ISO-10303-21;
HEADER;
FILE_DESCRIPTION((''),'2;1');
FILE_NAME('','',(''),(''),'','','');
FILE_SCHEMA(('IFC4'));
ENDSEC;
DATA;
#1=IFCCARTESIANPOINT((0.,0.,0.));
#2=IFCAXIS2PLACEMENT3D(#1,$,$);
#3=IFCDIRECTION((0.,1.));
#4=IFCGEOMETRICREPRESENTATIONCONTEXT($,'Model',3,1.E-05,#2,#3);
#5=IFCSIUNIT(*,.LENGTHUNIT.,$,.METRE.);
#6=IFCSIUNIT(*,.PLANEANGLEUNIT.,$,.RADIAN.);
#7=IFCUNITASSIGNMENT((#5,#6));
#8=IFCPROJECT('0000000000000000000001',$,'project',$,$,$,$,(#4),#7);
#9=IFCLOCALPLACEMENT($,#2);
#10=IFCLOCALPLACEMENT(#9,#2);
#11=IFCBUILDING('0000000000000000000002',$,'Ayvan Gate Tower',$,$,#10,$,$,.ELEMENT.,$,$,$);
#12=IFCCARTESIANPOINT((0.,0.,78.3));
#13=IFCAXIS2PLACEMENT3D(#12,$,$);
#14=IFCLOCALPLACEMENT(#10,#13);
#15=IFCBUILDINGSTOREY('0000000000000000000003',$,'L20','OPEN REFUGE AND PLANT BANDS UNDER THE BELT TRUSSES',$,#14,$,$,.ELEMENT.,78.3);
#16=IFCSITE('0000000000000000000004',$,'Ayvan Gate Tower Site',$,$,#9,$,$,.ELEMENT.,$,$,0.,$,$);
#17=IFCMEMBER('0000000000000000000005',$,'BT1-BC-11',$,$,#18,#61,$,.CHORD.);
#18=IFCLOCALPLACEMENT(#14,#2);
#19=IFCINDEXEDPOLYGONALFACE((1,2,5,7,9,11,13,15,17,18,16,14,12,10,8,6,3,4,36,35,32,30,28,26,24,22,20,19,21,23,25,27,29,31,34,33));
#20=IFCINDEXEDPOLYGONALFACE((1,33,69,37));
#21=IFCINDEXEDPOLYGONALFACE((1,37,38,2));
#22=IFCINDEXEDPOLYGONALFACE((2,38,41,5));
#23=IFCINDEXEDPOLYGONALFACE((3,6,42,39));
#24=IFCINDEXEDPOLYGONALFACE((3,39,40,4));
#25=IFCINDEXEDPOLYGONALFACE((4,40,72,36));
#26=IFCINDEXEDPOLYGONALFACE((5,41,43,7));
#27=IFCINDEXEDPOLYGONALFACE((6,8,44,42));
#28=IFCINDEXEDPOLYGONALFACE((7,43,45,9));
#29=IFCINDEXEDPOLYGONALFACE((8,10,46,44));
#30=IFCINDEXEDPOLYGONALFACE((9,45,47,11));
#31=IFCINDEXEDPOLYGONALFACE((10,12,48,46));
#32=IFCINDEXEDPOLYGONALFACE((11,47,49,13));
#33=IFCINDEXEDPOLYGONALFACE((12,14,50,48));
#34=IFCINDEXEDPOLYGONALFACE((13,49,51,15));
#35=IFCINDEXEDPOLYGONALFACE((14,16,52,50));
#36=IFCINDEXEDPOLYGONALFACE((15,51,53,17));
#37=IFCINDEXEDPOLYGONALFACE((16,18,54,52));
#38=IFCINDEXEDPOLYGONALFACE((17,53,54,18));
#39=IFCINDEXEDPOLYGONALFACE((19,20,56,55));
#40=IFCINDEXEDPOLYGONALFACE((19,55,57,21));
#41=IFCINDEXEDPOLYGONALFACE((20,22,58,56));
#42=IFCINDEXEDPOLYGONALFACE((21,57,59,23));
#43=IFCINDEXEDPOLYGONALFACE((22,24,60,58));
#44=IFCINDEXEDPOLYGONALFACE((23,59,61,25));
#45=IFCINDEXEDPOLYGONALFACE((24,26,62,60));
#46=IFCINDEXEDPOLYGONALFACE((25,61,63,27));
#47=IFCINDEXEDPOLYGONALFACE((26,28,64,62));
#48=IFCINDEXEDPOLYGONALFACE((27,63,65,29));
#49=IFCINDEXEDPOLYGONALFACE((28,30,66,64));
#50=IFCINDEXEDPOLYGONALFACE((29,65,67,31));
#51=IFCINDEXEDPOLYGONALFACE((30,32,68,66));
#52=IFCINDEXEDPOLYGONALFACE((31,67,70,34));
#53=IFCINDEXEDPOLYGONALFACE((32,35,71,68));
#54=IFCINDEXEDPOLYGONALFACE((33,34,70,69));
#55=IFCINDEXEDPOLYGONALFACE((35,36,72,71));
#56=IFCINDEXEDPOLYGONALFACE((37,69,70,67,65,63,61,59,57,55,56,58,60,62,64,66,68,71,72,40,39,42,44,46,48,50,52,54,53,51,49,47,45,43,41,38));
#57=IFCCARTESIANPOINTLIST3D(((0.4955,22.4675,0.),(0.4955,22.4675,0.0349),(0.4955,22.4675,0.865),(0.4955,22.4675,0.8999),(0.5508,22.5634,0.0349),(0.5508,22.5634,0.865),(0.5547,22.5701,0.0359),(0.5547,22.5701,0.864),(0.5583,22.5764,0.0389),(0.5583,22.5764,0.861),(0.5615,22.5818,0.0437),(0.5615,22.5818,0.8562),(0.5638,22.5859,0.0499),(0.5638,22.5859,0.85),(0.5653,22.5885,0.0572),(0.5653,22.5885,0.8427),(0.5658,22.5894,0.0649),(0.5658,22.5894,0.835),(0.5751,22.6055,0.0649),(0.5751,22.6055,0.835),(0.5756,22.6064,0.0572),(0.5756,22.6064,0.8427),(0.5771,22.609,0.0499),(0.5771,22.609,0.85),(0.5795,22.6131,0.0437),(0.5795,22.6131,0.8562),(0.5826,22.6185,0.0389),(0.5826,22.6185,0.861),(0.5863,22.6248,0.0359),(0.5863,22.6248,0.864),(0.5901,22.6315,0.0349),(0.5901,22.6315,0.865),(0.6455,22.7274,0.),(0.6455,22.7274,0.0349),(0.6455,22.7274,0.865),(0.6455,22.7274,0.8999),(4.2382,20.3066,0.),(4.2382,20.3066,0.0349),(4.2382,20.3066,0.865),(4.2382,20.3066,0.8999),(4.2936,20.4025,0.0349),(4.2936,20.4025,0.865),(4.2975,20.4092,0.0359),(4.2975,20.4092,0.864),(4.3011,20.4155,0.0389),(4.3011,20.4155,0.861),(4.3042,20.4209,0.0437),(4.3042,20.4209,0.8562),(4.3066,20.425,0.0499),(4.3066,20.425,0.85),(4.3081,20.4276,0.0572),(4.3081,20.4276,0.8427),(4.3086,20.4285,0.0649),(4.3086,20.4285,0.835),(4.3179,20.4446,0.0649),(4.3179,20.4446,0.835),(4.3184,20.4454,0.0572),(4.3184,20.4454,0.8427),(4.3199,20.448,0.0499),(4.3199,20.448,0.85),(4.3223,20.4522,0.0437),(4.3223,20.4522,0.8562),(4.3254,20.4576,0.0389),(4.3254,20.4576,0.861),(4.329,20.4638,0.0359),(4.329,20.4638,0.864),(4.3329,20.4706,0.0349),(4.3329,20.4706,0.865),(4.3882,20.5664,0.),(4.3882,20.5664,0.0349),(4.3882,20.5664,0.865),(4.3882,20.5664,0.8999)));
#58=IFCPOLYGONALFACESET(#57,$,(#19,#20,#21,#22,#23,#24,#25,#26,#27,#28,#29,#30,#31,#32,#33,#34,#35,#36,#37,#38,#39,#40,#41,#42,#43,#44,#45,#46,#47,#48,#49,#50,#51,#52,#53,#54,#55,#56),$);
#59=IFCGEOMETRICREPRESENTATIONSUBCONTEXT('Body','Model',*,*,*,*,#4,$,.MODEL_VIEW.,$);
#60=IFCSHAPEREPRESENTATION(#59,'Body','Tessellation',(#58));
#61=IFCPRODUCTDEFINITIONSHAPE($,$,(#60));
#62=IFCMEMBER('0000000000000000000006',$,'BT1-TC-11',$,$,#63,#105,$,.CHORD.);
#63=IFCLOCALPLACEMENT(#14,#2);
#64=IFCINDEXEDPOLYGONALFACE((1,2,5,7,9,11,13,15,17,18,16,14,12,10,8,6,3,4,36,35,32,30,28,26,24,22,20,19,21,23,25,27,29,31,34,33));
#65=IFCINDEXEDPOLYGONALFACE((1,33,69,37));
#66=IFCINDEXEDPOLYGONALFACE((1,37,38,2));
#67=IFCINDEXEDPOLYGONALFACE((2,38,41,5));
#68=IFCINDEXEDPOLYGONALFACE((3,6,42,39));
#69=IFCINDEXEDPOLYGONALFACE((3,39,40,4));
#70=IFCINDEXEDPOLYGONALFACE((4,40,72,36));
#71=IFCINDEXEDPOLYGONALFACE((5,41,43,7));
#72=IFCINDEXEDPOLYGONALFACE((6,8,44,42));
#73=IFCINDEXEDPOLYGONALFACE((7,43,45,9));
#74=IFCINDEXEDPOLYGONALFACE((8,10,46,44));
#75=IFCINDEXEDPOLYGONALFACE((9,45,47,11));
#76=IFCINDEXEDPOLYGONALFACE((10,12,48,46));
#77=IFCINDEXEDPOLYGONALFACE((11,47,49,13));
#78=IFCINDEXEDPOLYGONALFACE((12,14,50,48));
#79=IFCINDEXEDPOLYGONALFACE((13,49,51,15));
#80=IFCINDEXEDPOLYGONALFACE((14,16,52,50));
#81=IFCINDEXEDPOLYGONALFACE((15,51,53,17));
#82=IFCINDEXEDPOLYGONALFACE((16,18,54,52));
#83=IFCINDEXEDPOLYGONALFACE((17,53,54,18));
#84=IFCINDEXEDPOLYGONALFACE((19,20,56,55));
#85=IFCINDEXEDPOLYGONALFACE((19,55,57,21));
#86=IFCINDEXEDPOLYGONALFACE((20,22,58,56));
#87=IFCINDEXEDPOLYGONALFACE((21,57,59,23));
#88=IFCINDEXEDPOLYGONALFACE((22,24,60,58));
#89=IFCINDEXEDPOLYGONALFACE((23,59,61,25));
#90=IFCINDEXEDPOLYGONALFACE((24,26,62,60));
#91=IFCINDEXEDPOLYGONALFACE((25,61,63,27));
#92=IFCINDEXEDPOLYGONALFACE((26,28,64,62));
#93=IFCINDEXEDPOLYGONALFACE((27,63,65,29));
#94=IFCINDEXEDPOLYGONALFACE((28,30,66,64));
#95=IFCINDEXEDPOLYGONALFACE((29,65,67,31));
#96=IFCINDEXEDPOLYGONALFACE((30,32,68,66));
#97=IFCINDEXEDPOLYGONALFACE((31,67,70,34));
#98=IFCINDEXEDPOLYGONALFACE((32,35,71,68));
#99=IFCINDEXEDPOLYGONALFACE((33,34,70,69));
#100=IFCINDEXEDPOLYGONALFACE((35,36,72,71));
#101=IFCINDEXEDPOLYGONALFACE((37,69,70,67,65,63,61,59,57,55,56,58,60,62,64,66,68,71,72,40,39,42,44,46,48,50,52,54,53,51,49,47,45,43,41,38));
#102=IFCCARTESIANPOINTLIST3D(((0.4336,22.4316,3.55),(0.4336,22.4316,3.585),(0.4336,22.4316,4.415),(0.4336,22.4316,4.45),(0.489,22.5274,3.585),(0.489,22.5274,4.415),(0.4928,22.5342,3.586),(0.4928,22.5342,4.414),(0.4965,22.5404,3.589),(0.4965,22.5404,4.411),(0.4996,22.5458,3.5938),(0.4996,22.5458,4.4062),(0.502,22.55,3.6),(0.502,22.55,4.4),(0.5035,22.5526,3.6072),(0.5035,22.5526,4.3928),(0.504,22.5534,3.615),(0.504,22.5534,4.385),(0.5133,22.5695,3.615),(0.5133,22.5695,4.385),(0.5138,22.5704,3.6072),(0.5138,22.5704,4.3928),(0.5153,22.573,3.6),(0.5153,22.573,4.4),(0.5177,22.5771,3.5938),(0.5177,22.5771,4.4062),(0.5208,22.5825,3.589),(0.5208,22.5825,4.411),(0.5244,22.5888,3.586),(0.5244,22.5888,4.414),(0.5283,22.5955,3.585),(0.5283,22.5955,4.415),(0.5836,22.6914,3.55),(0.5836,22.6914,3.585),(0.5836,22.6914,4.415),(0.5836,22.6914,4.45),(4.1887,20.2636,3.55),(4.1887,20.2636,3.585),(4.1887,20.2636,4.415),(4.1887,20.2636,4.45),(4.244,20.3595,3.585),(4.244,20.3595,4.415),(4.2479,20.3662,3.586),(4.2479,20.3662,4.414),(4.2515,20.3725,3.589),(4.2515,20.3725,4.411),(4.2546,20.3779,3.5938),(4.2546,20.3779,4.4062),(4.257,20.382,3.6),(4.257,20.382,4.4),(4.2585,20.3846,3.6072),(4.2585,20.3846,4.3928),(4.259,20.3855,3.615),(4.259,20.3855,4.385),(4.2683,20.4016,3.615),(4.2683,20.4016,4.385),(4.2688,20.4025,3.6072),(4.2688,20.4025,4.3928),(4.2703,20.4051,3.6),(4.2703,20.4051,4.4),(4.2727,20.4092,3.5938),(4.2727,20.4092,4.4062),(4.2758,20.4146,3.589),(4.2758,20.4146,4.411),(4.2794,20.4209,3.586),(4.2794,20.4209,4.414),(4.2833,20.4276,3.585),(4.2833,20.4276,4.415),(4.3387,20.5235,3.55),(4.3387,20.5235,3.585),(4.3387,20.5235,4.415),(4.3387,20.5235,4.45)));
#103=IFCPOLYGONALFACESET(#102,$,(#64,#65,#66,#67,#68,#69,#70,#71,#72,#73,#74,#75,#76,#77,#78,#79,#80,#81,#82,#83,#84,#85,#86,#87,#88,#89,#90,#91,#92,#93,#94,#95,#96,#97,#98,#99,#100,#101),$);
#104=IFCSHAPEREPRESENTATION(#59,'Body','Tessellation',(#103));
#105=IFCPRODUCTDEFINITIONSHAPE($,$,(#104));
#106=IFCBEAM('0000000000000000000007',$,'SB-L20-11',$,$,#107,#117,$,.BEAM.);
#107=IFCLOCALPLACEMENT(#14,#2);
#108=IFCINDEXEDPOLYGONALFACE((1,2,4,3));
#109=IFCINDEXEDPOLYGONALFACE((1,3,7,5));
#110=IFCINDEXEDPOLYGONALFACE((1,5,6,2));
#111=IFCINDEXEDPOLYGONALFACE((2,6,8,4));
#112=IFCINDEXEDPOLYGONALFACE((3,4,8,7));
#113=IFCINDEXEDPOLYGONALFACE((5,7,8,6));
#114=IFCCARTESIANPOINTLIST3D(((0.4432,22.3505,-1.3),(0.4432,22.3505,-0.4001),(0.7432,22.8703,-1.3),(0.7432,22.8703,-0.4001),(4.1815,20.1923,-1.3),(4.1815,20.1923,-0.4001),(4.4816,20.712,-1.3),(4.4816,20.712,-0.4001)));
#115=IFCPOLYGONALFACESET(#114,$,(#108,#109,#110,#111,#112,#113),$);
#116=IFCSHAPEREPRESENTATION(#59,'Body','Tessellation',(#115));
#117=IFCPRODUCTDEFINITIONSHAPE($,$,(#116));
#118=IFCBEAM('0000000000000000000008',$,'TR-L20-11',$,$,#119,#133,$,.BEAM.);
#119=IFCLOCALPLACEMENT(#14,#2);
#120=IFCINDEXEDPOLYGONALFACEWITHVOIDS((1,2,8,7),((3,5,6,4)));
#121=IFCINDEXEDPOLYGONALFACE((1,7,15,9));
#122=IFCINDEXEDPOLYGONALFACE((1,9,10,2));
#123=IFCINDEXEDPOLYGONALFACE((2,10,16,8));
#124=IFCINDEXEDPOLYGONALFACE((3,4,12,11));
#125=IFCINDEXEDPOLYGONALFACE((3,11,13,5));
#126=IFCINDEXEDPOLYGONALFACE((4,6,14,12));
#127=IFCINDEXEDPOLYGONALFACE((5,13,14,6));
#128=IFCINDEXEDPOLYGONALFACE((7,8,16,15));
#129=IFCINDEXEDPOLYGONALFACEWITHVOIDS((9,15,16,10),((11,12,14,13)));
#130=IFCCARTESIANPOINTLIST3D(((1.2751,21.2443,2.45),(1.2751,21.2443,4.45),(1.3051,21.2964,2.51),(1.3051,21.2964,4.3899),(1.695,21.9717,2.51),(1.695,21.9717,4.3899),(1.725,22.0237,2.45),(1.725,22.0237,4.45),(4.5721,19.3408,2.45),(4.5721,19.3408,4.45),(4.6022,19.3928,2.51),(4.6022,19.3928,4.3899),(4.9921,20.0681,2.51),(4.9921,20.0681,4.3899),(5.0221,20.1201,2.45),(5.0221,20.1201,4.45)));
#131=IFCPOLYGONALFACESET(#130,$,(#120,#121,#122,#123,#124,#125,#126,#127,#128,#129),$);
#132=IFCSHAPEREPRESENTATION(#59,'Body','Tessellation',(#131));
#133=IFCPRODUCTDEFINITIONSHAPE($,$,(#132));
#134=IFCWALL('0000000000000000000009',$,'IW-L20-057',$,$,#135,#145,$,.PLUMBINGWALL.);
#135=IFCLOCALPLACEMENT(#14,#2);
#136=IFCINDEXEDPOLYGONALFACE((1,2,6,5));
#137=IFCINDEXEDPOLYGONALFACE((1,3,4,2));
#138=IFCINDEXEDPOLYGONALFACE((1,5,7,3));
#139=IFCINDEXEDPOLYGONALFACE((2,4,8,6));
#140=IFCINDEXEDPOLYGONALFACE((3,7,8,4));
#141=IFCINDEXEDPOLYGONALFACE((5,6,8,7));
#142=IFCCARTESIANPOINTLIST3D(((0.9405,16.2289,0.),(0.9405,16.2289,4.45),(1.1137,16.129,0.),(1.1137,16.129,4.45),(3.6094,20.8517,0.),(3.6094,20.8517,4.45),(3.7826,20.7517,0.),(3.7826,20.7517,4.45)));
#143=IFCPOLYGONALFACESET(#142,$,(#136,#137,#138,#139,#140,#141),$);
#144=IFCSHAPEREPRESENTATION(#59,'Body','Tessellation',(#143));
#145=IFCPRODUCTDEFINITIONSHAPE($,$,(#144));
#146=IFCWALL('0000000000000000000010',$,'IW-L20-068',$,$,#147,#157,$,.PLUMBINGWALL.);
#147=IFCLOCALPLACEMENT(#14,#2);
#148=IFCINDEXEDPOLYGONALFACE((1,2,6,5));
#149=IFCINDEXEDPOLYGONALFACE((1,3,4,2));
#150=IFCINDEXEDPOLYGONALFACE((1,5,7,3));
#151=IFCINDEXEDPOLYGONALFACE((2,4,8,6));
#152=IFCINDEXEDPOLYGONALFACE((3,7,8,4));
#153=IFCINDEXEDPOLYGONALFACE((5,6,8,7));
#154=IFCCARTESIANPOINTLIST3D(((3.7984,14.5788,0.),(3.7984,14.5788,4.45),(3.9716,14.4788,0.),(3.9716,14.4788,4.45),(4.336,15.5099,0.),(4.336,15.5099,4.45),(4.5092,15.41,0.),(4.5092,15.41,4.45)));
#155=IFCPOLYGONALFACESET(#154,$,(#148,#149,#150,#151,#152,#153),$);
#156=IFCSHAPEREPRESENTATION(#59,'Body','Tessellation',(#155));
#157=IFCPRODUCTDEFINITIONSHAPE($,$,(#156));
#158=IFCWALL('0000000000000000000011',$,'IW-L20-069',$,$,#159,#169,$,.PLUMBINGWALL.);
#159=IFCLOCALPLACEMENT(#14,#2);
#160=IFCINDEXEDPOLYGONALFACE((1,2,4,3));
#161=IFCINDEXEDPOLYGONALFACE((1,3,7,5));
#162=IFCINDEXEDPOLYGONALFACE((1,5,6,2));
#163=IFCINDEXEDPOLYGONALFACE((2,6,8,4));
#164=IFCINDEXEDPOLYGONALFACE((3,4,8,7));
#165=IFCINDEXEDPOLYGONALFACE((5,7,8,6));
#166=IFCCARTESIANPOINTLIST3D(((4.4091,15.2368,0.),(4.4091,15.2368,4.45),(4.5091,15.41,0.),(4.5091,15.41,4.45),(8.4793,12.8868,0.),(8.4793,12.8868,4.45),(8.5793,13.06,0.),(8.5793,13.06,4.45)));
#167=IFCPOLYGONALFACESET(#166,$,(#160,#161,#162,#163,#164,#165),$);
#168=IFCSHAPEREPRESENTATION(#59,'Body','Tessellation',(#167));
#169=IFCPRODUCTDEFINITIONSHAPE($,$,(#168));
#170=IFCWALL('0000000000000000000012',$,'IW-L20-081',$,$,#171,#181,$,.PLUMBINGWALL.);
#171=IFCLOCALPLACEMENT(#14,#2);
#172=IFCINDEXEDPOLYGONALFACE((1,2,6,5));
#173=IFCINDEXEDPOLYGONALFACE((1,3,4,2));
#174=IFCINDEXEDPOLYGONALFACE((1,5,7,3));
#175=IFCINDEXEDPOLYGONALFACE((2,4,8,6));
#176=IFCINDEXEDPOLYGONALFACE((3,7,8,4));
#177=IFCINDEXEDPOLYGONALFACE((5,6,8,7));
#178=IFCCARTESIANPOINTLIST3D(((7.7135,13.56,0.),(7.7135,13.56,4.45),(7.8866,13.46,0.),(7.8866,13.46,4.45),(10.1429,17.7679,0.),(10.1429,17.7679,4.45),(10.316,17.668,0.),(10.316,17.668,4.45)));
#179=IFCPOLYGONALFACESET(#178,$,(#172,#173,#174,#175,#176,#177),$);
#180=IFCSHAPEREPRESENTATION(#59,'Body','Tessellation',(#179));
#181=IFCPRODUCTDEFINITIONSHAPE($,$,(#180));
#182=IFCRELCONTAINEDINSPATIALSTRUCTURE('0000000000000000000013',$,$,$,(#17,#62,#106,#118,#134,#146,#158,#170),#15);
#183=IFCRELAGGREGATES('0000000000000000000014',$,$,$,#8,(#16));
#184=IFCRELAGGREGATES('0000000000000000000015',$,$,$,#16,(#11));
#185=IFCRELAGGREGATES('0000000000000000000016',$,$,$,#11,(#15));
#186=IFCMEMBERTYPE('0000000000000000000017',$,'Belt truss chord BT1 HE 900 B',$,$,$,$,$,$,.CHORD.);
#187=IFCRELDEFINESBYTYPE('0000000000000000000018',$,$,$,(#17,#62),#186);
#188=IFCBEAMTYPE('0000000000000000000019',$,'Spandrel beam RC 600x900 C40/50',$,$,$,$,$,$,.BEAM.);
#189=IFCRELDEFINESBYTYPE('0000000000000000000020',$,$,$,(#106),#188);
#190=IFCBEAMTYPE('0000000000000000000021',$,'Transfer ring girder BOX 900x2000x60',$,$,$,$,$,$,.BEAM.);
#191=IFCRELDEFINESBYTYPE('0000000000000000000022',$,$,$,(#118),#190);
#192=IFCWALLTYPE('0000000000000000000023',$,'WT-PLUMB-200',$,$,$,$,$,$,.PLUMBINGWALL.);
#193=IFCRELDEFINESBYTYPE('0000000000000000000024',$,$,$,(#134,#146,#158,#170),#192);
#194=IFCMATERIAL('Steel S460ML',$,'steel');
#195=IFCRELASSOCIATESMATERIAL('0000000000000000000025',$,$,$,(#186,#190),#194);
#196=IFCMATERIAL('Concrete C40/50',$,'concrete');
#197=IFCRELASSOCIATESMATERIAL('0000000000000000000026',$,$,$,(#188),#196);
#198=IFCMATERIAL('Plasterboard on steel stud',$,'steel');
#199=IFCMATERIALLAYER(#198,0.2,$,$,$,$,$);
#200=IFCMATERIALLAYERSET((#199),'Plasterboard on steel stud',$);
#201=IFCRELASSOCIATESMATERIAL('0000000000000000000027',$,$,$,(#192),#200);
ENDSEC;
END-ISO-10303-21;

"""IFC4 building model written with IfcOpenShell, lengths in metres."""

from ifc_helpers import new_model, si_unit, direction, frame, frame_2d, origin, origin_2d, place, context, subcontext, project, spatial, rectangle, hollow_rectangle, i_section, extrude, material, layer, layer_set, material_profile, profile_set, type_object, element, save


model = new_model("IFC4")

# Units and contexts
model_context = context("Model", 3, precision=1e-05, world=origin(), true_north=direction((0.0, 1.0)))
body_context = subcontext(model_context, "Body", "Model", "MODEL_VIEW")
ifc_project = project(units=[si_unit("LENGTHUNIT", "METRE"), si_unit("PLANEANGLEUNIT", "RADIAN")], contexts=[model_context])

# Site, building, storey
site_placement = place(None, origin())
site = spatial("IfcSite", under=ifc_project, at=site_placement, Name="Ayvan Gate Tower Site", CompositionType="ELEMENT", RefElevation=0.0)
building_placement = place(site_placement, origin())
building = spatial("IfcBuilding", under=site, at=building_placement, Name="Ayvan Gate Tower", CompositionType="ELEMENT")
storey_placement = place(building_placement, frame((0.0, 0.0, 78.3)))
storey = spatial("IfcBuildingStorey", under=building, at=storey_placement, Name="L20", Description="OPEN REFUGE AND PLANT BANDS UNDER THE BELT TRUSSES", CompositionType="ELEMENT", Elevation=78.3)

# Members
ifc_material_1 = material(Name="Steel S460ML", Category="steel")
ifc_material_profile_1 = material_profile(ifc_material_1, i_section(OverallWidth=0.3, OverallDepth=0.8999, WebThickness=0.0186, FlangeThickness=0.0349, FilletRadius=0.03, at=origin_2d()), Name="HE 900 B")
ifc_profile_set_1 = profile_set([ifc_material_profile_1], Name="Steel S460ML")
member_type_1 = type_object("IfcMemberType", Name="Belt truss chord BT1 HE 900 B", PredefinedType="CHORD", material=ifc_profile_set_1)
member_1_placement = place(storey_placement, frame((4.3132, 20.4365, 0.45), z_axis=(-0.86602, 0.500009, 0.0), x_axis=(-0.500009, -0.86602, 0.0)))
element("IfcMember", 1, at=member_1_placement, inside=storey, type_object=member_type_1, Name="BT1-BC-11", PredefinedType="CHORD", context=body_context, shape_type="SweptSolid", body=[
    extrude(i_section(OverallWidth=0.3, OverallDepth=0.8999, WebThickness=0.0186, FlangeThickness=0.0349, FilletRadius=0.03, at=origin_2d()), origin(), (0.0, 0.0, 1.0), 4.3218),
])
member_2_placement = place(storey_placement, frame((4.2637, 20.3936, 4.0), z_axis=(-0.866031, 0.499991, 0.0), x_axis=(-0.499991, -0.866031, 0.0)))
element("IfcMember", 2, at=member_2_placement, inside=storey, type_object=member_type_1, Name="BT1-TC-11", PredefinedType="CHORD", context=body_context, shape_type="SweptSolid", body=[
    extrude(i_section(OverallWidth=0.3, OverallDepth=0.8999, WebThickness=0.0186, FlangeThickness=0.0349, FilletRadius=0.03, at=origin_2d()), origin(), (0.0, 0.0, 1.0), 4.3359),
])

# Beams
ifc_material_2 = material(Name="Concrete C40/50", Category="concrete")
ifc_material_profile_2 = material_profile(ifc_material_2, rectangle(XDim=0.6001, YDim=0.8999, at=origin_2d()), Name="RC 600x900")
ifc_profile_set_2 = profile_set([ifc_material_profile_2], Name="Concrete C40/50")
beam_type_1 = type_object("IfcBeamType", Name="Spandrel beam RC 600x900 C40/50", PredefinedType="BEAM", material=ifc_profile_set_2)
beam_1_placement = place(storey_placement, frame((4.3315, 20.4521, -0.8501), z_axis=(-0.866035, 0.499984, 0.0), x_axis=(-0.499984, -0.866035, 0.0)))
element("IfcBeam", 3, at=beam_1_placement, inside=storey, type_object=beam_type_1, Name="SB-L20-11", PredefinedType="BEAM", context=body_context, shape_type="SweptSolid", body=[
    extrude(rectangle(XDim=0.6001, YDim=0.8999, at=origin_2d()), origin(), (0.0, 0.0, 1.0), 4.3167),
])
ifc_material_profile_3 = material_profile(ifc_material_1, hollow_rectangle(XDim=0.8999, YDim=2.0, WallThickness=0.0601, at=origin_2d()), Name="BOX 900x2000x60")
ifc_profile_set_3 = profile_set([ifc_material_profile_3], Name="Steel S460ML")
beam_type_2 = type_object("IfcBeamType", Name="Transfer ring girder BOX 900x2000x60", PredefinedType="BEAM", material=ifc_profile_set_3)
beam_2_placement = place(storey_placement, frame((4.7971, 19.7305, 3.45), z_axis=(-0.866029, 0.499994, 0.0), x_axis=(-0.499994, -0.866029, 0.0)))
element("IfcBeam", 4, at=beam_2_placement, inside=storey, type_object=beam_type_2, Name="TR-L20-11", PredefinedType="BEAM", context=body_context, shape_type="SweptSolid", body=[
    extrude(hollow_rectangle(XDim=0.8999, YDim=2.0, WallThickness=0.0601, at=origin_2d()), origin(), (0.0, 0.0, 1.0), 3.8071),
])

# Walls
ifc_material_3 = material(Name="Plasterboard on steel stud", Category="steel")
ifc_layer_1 = layer(ifc_material_3, 0.2)
ifc_layer_set_1 = layer_set([ifc_layer_1], Name="Plasterboard on steel stud")
wall_type_1 = type_object("IfcWallType", Name="WT-PLUMB-200", PredefinedType="PLUMBINGWALL", material=ifc_layer_set_1)
wall_1_placement = place(storey_placement, frame((1.0271, 16.179, 0.0), z_axis=(0.0, 0.0, 1.0), x_axis=(0.499996, 0.866028, 0.0)))
element("IfcWall", 5, at=wall_1_placement, inside=storey, type_object=wall_type_1, Name="IW-L20-057", PredefinedType="PLUMBINGWALL", context=body_context, shape_type="SweptSolid", body=[
    extrude(rectangle(XDim=5.3379, YDim=0.2, at=frame_2d((2.6689, 0.0))), origin(), (0.0, 0.0, 1.0), 4.45),
])
wall_2_placement = place(storey_placement, frame((3.885, 14.5288, 0.0), z_axis=(0.0, 0.0, 1.0), x_axis=(0.499998, 0.866027, 0.0)))
element("IfcWall", 6, at=wall_2_placement, inside=storey, type_object=wall_type_1, Name="IW-L20-068", PredefinedType="PLUMBINGWALL", context=body_context, shape_type="SweptSolid", body=[
    extrude(rectangle(XDim=1.0752, YDim=0.2, at=frame_2d((0.5376, 0.0))), origin(), (0.0, 0.0, 1.0), 4.45),
])
wall_3_placement = place(storey_placement, frame((4.459, 15.3235, 0.0), z_axis=(0.0, 0.0, 1.0), x_axis=(0.866016, -0.500016, 0.0)))
element("IfcWall", 7, at=wall_3_placement, inside=storey, type_object=wall_type_1, Name="IW-L20-069", PredefinedType="PLUMBINGWALL", context=body_context, shape_type="SweptSolid", body=[
    extrude(rectangle(XDim=4.7, YDim=0.2, at=frame_2d((2.3501, 0.0))), origin(), (0.0, 0.0, 1.0), 4.45),
])
wall_4_placement = place(storey_placement, frame((7.8, 13.51, 0.0), z_axis=(0.0, 0.0, 1.0), x_axis=(0.499992, 0.86603, 0.0)))
element("IfcWall", 8, at=wall_4_placement, inside=storey, type_object=wall_type_1, Name="IW-L20-081", PredefinedType="PLUMBINGWALL", context=body_context, shape_type="SweptSolid", body=[
    extrude(rectangle(XDim=4.8589, YDim=0.2, at=frame_2d((2.4294, 0.0))), origin(), (0.0, 0.0, 1.0), 4.45),
])

save(model, "model.ifc")
